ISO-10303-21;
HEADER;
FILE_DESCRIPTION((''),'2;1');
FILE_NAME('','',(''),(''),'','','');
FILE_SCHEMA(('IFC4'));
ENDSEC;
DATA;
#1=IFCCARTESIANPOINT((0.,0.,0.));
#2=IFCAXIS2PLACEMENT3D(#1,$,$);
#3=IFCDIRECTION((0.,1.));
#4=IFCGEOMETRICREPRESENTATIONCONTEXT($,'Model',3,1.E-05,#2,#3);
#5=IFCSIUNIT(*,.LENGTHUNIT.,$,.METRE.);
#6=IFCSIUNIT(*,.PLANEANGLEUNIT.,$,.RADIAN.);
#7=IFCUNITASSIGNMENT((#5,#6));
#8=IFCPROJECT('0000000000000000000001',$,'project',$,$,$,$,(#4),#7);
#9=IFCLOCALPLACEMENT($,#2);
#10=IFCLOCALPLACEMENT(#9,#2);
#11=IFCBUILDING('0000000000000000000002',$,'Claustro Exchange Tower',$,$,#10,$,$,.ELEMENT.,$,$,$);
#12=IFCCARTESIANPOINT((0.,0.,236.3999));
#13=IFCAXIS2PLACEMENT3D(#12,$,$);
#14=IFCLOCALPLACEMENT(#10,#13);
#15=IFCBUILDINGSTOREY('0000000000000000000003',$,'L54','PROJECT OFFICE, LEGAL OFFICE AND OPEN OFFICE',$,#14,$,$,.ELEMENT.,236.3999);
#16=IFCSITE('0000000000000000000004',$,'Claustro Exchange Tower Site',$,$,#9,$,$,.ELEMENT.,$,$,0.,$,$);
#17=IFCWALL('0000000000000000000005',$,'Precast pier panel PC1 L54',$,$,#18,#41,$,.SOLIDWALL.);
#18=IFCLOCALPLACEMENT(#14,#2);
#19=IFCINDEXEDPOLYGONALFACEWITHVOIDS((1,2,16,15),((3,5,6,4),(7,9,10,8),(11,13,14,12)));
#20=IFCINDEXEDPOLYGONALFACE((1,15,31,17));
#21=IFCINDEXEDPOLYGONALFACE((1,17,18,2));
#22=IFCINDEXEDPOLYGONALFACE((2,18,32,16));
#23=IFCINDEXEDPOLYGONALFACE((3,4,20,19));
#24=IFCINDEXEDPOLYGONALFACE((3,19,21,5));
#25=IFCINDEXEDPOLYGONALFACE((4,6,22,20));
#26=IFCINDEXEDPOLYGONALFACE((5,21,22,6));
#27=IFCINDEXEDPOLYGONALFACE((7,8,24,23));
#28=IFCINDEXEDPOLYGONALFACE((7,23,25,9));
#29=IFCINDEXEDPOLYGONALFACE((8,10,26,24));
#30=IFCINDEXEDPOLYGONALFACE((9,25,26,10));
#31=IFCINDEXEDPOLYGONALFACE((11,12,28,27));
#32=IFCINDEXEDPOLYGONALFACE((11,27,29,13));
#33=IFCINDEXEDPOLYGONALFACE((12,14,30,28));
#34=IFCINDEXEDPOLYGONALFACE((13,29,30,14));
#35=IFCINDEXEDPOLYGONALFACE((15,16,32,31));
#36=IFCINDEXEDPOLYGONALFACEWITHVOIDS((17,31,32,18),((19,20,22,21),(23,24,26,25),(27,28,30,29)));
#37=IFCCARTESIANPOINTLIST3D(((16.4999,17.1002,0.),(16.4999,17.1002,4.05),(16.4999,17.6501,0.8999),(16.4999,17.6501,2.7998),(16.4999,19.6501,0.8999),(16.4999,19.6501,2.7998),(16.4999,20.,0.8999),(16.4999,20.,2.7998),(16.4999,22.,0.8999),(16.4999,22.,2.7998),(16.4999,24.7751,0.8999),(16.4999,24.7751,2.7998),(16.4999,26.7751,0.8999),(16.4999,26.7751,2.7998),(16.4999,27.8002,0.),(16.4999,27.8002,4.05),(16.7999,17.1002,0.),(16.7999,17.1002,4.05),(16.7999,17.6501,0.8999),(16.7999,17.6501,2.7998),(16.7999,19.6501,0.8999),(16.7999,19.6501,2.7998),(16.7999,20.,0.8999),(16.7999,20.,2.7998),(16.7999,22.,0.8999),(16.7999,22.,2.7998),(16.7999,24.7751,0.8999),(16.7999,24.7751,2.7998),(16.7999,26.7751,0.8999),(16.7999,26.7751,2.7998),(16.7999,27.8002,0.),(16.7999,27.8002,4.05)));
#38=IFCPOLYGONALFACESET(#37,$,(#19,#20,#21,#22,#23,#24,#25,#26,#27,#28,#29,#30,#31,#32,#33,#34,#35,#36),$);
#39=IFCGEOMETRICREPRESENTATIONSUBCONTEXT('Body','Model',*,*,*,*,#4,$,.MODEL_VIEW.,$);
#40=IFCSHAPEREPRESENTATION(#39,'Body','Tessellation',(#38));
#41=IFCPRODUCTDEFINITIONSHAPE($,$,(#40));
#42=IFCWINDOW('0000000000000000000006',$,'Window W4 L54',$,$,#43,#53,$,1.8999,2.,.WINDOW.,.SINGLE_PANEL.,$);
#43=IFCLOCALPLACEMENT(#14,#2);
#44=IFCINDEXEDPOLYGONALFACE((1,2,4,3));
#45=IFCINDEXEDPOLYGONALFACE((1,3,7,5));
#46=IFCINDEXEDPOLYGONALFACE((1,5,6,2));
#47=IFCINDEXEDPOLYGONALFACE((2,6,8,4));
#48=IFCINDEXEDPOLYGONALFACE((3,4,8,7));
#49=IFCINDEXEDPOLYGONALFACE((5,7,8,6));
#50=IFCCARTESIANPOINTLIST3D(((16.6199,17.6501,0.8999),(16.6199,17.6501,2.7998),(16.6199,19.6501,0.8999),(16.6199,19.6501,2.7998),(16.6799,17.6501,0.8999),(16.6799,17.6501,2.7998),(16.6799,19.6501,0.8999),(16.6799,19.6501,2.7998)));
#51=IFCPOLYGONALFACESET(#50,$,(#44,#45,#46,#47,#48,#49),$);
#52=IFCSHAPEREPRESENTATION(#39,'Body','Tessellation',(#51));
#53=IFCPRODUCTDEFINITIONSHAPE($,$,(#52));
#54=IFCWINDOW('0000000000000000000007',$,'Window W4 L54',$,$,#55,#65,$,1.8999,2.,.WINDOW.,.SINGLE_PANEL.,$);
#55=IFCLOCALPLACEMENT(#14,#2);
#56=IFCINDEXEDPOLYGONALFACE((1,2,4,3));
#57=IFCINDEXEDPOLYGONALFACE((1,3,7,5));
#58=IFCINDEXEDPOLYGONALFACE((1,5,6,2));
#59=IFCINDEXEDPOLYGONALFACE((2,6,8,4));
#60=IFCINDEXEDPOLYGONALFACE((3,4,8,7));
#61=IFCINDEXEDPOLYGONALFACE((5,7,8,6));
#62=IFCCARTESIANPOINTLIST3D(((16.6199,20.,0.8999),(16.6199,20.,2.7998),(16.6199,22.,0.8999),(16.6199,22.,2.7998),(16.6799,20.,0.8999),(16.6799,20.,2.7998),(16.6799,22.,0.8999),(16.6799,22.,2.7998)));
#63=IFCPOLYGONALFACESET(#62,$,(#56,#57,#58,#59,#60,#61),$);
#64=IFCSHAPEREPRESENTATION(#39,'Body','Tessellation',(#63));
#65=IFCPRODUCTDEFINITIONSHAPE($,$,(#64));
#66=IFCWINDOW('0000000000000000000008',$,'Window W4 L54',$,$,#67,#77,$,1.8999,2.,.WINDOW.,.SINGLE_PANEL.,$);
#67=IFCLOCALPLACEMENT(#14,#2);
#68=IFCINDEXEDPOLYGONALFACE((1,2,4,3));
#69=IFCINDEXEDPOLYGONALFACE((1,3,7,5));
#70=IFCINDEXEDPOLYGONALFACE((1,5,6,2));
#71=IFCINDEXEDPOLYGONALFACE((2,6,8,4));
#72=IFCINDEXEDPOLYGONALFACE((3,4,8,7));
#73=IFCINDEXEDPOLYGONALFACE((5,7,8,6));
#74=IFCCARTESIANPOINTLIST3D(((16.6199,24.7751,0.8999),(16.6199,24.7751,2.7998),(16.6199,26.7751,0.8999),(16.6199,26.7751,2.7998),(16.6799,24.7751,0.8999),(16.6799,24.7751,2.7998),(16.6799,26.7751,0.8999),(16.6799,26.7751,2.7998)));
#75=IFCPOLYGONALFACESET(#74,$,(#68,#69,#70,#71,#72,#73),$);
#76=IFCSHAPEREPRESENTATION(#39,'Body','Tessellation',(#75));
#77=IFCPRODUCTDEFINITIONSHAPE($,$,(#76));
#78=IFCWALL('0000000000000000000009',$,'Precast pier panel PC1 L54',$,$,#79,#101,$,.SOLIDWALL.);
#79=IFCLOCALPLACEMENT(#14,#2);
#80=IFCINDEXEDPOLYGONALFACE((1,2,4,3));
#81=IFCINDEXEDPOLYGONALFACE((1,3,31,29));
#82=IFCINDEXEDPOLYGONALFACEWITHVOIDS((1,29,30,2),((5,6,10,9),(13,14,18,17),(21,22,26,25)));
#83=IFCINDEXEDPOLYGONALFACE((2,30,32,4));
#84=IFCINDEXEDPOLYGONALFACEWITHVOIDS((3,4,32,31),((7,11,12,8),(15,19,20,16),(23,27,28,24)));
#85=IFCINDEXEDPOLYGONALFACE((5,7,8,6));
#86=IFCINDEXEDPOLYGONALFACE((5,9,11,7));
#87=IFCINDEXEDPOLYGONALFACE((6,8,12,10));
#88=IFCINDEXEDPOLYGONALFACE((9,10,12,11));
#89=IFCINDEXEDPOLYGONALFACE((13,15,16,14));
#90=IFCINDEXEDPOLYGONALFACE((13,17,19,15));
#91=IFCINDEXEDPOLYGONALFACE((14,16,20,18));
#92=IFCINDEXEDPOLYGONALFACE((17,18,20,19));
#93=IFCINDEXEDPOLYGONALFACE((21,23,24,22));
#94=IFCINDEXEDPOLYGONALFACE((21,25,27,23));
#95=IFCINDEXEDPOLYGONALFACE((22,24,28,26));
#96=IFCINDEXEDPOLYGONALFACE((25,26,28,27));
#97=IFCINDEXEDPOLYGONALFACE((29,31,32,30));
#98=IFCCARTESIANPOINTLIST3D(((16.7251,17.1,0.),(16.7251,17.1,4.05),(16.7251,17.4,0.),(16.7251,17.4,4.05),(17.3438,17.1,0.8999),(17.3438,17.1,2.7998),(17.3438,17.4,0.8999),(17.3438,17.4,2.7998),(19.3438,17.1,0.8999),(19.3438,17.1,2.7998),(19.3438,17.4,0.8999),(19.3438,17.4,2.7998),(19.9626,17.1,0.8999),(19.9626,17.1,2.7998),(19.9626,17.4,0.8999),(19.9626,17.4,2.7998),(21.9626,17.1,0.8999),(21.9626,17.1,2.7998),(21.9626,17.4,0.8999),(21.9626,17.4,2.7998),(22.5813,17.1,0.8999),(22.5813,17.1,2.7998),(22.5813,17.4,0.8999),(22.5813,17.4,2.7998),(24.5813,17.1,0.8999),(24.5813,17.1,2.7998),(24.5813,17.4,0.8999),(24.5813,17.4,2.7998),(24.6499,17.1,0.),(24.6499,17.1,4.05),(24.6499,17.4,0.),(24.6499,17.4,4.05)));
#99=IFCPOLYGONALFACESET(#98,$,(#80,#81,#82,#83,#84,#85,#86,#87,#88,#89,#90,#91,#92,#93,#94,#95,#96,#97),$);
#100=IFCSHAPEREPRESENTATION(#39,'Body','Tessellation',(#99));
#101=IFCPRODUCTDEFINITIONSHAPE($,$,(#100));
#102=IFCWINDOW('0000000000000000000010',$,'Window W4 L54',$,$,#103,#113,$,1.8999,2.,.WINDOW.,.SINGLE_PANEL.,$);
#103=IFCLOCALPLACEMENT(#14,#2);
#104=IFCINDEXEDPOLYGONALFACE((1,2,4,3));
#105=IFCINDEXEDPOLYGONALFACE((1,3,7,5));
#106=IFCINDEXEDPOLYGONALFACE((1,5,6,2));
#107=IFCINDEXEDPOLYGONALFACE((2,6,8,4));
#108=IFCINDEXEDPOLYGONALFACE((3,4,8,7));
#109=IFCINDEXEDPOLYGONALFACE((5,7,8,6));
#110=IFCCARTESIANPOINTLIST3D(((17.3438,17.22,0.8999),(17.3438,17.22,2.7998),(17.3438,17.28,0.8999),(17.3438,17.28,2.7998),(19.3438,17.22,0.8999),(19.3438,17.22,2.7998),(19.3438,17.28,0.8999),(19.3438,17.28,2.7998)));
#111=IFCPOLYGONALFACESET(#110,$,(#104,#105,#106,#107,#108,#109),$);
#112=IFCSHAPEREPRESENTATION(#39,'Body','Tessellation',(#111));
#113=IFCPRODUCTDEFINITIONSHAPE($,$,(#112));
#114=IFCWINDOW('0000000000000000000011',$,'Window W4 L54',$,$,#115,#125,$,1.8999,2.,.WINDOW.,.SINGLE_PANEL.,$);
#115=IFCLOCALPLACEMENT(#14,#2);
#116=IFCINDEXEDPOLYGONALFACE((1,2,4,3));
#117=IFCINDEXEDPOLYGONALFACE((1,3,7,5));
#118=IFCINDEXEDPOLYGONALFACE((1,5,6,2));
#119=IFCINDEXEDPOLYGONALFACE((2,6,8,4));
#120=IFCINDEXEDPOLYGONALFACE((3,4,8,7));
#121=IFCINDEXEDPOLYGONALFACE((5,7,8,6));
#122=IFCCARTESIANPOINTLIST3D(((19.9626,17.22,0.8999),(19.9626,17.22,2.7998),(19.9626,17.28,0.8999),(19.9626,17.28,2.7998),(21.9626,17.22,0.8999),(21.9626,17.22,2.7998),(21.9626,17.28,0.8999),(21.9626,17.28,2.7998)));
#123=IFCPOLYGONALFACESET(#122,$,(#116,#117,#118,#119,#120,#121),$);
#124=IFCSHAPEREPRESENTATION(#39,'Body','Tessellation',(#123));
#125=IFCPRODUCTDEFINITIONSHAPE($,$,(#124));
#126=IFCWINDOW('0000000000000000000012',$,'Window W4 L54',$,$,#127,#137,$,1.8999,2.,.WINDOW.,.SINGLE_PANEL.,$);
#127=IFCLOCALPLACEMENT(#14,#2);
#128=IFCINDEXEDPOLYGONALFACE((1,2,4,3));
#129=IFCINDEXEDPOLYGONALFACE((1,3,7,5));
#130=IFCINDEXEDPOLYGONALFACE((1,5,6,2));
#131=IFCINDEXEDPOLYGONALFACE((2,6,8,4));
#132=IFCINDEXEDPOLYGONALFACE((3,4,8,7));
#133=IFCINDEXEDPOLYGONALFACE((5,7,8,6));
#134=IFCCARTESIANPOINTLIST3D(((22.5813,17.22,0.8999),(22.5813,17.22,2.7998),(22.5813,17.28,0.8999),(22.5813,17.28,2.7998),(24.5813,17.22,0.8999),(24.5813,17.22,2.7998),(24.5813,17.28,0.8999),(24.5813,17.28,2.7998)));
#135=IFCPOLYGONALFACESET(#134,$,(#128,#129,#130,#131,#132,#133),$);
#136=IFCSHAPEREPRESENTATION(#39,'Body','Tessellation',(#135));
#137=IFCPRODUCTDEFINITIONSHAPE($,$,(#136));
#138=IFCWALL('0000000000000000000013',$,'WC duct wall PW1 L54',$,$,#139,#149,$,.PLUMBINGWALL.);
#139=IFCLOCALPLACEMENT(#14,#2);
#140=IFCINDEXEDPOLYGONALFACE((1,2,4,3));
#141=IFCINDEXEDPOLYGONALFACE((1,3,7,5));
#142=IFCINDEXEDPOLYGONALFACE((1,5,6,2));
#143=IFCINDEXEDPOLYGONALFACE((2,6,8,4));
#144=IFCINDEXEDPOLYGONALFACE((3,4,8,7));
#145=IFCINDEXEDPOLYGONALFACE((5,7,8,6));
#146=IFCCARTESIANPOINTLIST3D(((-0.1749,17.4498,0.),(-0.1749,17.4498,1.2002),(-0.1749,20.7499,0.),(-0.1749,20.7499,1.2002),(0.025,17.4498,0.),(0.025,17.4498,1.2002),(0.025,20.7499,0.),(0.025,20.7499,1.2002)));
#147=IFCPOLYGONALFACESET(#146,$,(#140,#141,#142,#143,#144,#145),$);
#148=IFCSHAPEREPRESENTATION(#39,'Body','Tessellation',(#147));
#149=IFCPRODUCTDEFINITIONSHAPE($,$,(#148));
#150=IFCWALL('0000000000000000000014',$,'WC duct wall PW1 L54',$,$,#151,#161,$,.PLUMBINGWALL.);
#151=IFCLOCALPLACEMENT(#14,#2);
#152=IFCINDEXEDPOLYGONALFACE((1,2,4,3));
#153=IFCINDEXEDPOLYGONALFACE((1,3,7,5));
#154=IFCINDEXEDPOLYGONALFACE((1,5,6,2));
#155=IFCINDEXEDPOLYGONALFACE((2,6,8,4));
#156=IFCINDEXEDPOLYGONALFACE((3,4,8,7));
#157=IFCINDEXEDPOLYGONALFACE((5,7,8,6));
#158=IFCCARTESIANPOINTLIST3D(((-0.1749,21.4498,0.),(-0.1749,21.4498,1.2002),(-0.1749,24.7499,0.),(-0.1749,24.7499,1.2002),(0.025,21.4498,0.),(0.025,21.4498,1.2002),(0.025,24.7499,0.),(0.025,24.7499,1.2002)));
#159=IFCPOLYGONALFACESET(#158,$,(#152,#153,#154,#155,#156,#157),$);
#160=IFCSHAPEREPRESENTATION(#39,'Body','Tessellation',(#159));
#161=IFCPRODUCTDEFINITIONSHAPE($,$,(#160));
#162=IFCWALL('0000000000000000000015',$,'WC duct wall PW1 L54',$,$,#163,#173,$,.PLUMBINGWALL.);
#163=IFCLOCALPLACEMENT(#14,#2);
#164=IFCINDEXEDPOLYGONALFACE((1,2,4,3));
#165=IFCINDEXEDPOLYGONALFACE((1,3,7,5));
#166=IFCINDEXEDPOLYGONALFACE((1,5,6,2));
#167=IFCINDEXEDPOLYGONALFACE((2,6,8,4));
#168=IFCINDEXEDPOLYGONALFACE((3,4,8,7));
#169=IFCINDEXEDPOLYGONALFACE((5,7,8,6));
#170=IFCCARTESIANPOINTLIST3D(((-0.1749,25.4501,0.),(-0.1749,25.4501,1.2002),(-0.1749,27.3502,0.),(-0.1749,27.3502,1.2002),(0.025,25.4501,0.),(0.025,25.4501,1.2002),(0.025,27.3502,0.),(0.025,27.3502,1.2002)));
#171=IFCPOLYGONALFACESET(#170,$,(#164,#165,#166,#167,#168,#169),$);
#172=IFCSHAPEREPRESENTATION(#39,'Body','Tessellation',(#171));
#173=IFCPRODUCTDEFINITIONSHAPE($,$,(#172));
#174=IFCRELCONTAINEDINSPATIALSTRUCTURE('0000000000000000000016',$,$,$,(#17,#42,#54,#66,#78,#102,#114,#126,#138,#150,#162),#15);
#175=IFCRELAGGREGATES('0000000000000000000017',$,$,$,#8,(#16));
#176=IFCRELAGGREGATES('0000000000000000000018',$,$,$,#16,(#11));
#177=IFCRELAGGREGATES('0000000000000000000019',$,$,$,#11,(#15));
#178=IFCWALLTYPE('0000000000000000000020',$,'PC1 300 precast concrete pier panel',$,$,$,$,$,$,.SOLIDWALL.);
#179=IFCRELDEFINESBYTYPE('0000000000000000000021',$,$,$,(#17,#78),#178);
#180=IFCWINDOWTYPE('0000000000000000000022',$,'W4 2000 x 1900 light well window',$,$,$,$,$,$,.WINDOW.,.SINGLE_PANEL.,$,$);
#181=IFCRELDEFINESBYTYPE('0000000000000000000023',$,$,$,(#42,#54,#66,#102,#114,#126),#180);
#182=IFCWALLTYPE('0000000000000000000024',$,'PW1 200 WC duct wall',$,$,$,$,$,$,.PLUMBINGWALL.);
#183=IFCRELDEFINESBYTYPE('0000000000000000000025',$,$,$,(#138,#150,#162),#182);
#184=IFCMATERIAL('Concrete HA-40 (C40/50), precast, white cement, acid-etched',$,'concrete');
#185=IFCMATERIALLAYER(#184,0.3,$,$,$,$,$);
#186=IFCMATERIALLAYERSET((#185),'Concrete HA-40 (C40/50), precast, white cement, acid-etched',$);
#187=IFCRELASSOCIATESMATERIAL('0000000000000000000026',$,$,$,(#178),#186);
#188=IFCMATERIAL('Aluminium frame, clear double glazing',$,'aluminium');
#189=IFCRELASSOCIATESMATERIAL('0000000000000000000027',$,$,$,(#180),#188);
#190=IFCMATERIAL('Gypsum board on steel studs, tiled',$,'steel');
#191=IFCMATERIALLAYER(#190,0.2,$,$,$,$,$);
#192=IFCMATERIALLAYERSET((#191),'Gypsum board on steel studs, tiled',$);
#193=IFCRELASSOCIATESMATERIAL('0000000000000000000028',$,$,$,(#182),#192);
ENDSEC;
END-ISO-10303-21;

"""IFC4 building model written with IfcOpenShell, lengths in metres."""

from ifc_helpers import new_model, si_unit, direction, frame, frame_2d, origin, place, context, subcontext, project, spatial, rectangle, extrude, material, layer, layer_set, type_object, element, fill, save


model = new_model("IFC4")

# Units and contexts
model_context = context("Model", 3, precision=1e-05, world=origin(), true_north=direction((0.0, 1.0)))
body_context = subcontext(model_context, "Body", "Model", "MODEL_VIEW")
ifc_project = project(units=[si_unit("LENGTHUNIT", "METRE"), si_unit("PLANEANGLEUNIT", "RADIAN")], contexts=[model_context])

# Site, building, storey
site_placement = place(None, origin())
site = spatial("IfcSite", under=ifc_project, at=site_placement, Name="Claustro Exchange Tower Site", CompositionType="ELEMENT", RefElevation=0.0)
building_placement = place(site_placement, origin())
building = spatial("IfcBuilding", under=site, at=building_placement, Name="Claustro Exchange Tower", CompositionType="ELEMENT")
storey_placement = place(building_placement, frame((0.0, 0.0, 236.3999)))
storey = spatial("IfcBuildingStorey", under=building, at=storey_placement, Name="L54", Description="PROJECT OFFICE, LEGAL OFFICE AND OPEN OFFICE", CompositionType="ELEMENT", Elevation=236.3999)

# Walls, openings, windows
ifc_material_1 = material(Name="Concrete HA-40 (C40/50), precast, white cement, acid-etched", Category="concrete")
ifc_layer_1 = layer(ifc_material_1, 0.3)
ifc_layer_set_1 = layer_set([ifc_layer_1], Name="Concrete HA-40 (C40/50), precast, white cement, acid-etched")
wall_type_1 = type_object("IfcWallType", Name="PC1 300 precast concrete pier panel", PredefinedType="SOLIDWALL", material=ifc_layer_set_1)
wall_1_placement = place(storey_placement, frame((16.6499, 17.1001, 0.0), z_axis=(0.0, 0.0, 1.0), x_axis=(0.0, 1.0, 0.0)))
wall_1 = element("IfcWall", 1, at=wall_1_placement, inside=storey, type_object=wall_type_1, Name="Precast pier panel PC1 L54", PredefinedType="SOLIDWALL", context=body_context, shape_type="SweptSolid", body=[
    extrude(rectangle(XDim=10.7, YDim=0.3, at=frame_2d((5.3501, 0.0))), origin(), (0.0, 0.0, 1.0), 4.05),
])
opening_1_placement = place(wall_1_placement, frame((0.55, 0.0, 0.8999)))
opening_1 = element("IfcOpeningElement", 2, at=opening_1_placement, cuts=wall_1, PredefinedType="OPENING", context=body_context, shape_type="SweptSolid", body=[
    extrude(rectangle(XDim=2.0, YDim=1.8999, at=frame_2d((1.0, 0.95))), frame((0.0, 0.1599, 0.0), z_axis=(0.0, -1.0, 0.0), x_axis=(1.0, 0.0, 0.0)), (0.0, 0.0, 1.0), 0.3201),
])
opening_2_placement = place(wall_1_placement, frame((2.8999, 0.0, 0.8999)))
opening_2 = element("IfcOpeningElement", 3, at=opening_2_placement, cuts=wall_1, PredefinedType="OPENING", context=body_context, shape_type="SweptSolid", body=[
    extrude(rectangle(XDim=2.0, YDim=1.8999, at=frame_2d((1.0, 0.95))), frame((0.0, 0.1599, 0.0), z_axis=(0.0, -1.0, 0.0), x_axis=(1.0, 0.0, 0.0)), (0.0, 0.0, 1.0), 0.3201),
])
opening_3_placement = place(wall_1_placement, frame((7.675, 0.0, 0.8999)))
opening_3 = element("IfcOpeningElement", 4, at=opening_3_placement, cuts=wall_1, PredefinedType="OPENING", context=body_context, shape_type="SweptSolid", body=[
    extrude(rectangle(XDim=2.0, YDim=1.8999, at=frame_2d((1.0, 0.95))), frame((0.0, 0.1599, 0.0), z_axis=(0.0, -1.0, 0.0), x_axis=(1.0, 0.0, 0.0)), (0.0, 0.0, 1.0), 0.3201),
])
ifc_material_2 = material(Name="Aluminium frame, clear double glazing", Category="aluminium")
window_type = type_object("IfcWindowType", Name="W4 2000 x 1900 light well window", PartitioningType="SINGLE_PANEL", PredefinedType="WINDOW", material=ifc_material_2)
window_1_placement = place(opening_1_placement, origin())
window_1 = element("IfcWindow", 5, at=window_1_placement, inside=storey, type_object=window_type, Name="Window W4 L54", OverallHeight=1.8999, OverallWidth=2.0, PartitioningType="SINGLE_PANEL", PredefinedType="WINDOW", context=body_context, shape_type="SweptSolid", body=[
    extrude(rectangle(XDim=2.0, YDim=1.8999, at=frame_2d((1.0, 0.95))), frame((0.0, 0.03, 0.0), z_axis=(0.0, -1.0, 0.0), x_axis=(1.0, 0.0, 0.0)), (0.0, 0.0, 1.0), 0.0601),
])
fill(opening_1, window_1)
window_2_placement = place(opening_2_placement, origin())
window_2 = element("IfcWindow", 6, at=window_2_placement, inside=storey, type_object=window_type, Name="Window W4 L54", OverallHeight=1.8999, OverallWidth=2.0, PartitioningType="SINGLE_PANEL", PredefinedType="WINDOW", context=body_context, shape_type="SweptSolid", body=[
    extrude(rectangle(XDim=2.0, YDim=1.8999, at=frame_2d((1.0, 0.95))), frame((0.0, 0.03, 0.0), z_axis=(0.0, -1.0, 0.0), x_axis=(1.0, 0.0, 0.0)), (0.0, 0.0, 1.0), 0.0601),
])
fill(opening_2, window_2)
window_3_placement = place(opening_3_placement, origin())
window_3 = element("IfcWindow", 7, at=window_3_placement, inside=storey, type_object=window_type, Name="Window W4 L54", OverallHeight=1.8999, OverallWidth=2.0, PartitioningType="SINGLE_PANEL", PredefinedType="WINDOW", context=body_context, shape_type="SweptSolid", body=[
    extrude(rectangle(XDim=2.0, YDim=1.8999, at=frame_2d((1.0, 0.95))), frame((0.0, 0.03, 0.0), z_axis=(0.0, -1.0, 0.0), x_axis=(1.0, 0.0, 0.0)), (0.0, 0.0, 1.0), 0.0601),
])
fill(opening_3, window_3)
wall_2_placement = place(storey_placement, frame((16.7251, 17.25, 0.0), z_axis=(0.0, 0.0, 1.0), x_axis=(1.0, 0.0, 0.0)))
wall_2 = element("IfcWall", 8, at=wall_2_placement, inside=storey, type_object=wall_type_1, Name="Precast pier panel PC1 L54", PredefinedType="SOLIDWALL", context=body_context, shape_type="SweptSolid", body=[
    extrude(rectangle(XDim=7.9248, YDim=0.3, at=frame_2d((3.9624, 0.0))), origin(), (0.0, 0.0, 1.0), 4.05),
])
opening_4_placement = place(wall_2_placement, frame((0.6187, 0.0, 0.8999)))
opening_4 = element("IfcOpeningElement", 9, at=opening_4_placement, cuts=wall_2, PredefinedType="OPENING", context=body_context, shape_type="SweptSolid", body=[
    extrude(rectangle(XDim=2.0, YDim=1.8999, at=frame_2d((1.0, 0.95))), frame((0.0, 0.1599, 0.0), z_axis=(0.0, -1.0, 0.0), x_axis=(1.0, 0.0, 0.0)), (0.0, 0.0, 1.0), 0.3201),
])
opening_5_placement = place(wall_2_placement, frame((3.2375, 0.0, 0.8999)))
opening_5 = element("IfcOpeningElement", 10, at=opening_5_placement, cuts=wall_2, PredefinedType="OPENING", context=body_context, shape_type="SweptSolid", body=[
    extrude(rectangle(XDim=2.0, YDim=1.8999, at=frame_2d((1.0, 0.95))), frame((0.0, 0.1599, 0.0), z_axis=(0.0, -1.0, 0.0), x_axis=(1.0, 0.0, 0.0)), (0.0, 0.0, 1.0), 0.3201),
])
opening_6_placement = place(wall_2_placement, frame((5.8562, 0.0, 0.8999)))
opening_6 = element("IfcOpeningElement", 11, at=opening_6_placement, cuts=wall_2, PredefinedType="OPENING", context=body_context, shape_type="SweptSolid", body=[
    extrude(rectangle(XDim=2.0, YDim=1.8999, at=frame_2d((1.0, 0.95))), frame((0.0, 0.1599, 0.0), z_axis=(0.0, -1.0, 0.0), x_axis=(1.0, 0.0, 0.0)), (0.0, 0.0, 1.0), 0.3201),
])
window_4_placement = place(opening_4_placement, origin())
window_4 = element("IfcWindow", 12, at=window_4_placement, inside=storey, type_object=window_type, Name="Window W4 L54", OverallHeight=1.8999, OverallWidth=2.0, PartitioningType="SINGLE_PANEL", PredefinedType="WINDOW", context=body_context, shape_type="SweptSolid", body=[
    extrude(rectangle(XDim=2.0, YDim=1.8999, at=frame_2d((1.0, 0.95))), frame((0.0, 0.03, 0.0), z_axis=(0.0, -1.0, 0.0), x_axis=(1.0, 0.0, 0.0)), (0.0, 0.0, 1.0), 0.0601),
])
fill(opening_4, window_4)
window_5_placement = place(opening_5_placement, origin())
window_5 = element("IfcWindow", 13, at=window_5_placement, inside=storey, type_object=window_type, Name="Window W4 L54", OverallHeight=1.8999, OverallWidth=2.0, PartitioningType="SINGLE_PANEL", PredefinedType="WINDOW", context=body_context, shape_type="SweptSolid", body=[
    extrude(rectangle(XDim=2.0, YDim=1.8999, at=frame_2d((1.0, 0.95))), frame((0.0, 0.03, 0.0), z_axis=(0.0, -1.0, 0.0), x_axis=(1.0, 0.0, 0.0)), (0.0, 0.0, 1.0), 0.0601),
])
fill(opening_5, window_5)
window_6_placement = place(opening_6_placement, origin())
window_6 = element("IfcWindow", 14, at=window_6_placement, inside=storey, type_object=window_type, Name="Window W4 L54", OverallHeight=1.8999, OverallWidth=2.0, PartitioningType="SINGLE_PANEL", PredefinedType="WINDOW", context=body_context, shape_type="SweptSolid", body=[
    extrude(rectangle(XDim=2.0, YDim=1.8999, at=frame_2d((1.0, 0.95))), frame((0.0, 0.03, 0.0), z_axis=(0.0, -1.0, 0.0), x_axis=(1.0, 0.0, 0.0)), (0.0, 0.0, 1.0), 0.0601),
])
fill(opening_6, window_6)

# Walls
ifc_material_3 = material(Name="Gypsum board on steel studs, tiled", Category="steel")
ifc_layer_2 = layer(ifc_material_3, 0.2)
ifc_layer_set_2 = layer_set([ifc_layer_2], Name="Gypsum board on steel studs, tiled")
wall_type_2 = type_object("IfcWallType", Name="PW1 200 WC duct wall", PredefinedType="PLUMBINGWALL", material=ifc_layer_set_2)
for number, where, z_axis, x_axis, name in (
    (15, (-0.075, 17.45, 0.0), (0.0, 0.0, 1.0), (0.0, 1.0, 0.0), "WC duct wall PW1 L54"),
    (16, (-0.075, 21.45, 0.0), (0.0, 0.0, 1.0), (0.0, 1.0, 0.0), "WC duct wall PW1 L54"),
):
    element("IfcWall", number, at=place(storey_placement, frame(where, z_axis=z_axis, x_axis=x_axis)), inside=storey, type_object=wall_type_2, Name=name, PredefinedType="PLUMBINGWALL", context=body_context, shape_type="SweptSolid", body=[
        extrude(rectangle(XDim=3.3, YDim=0.2, at=frame_2d((1.6499, 0.0))), origin(), (0.0, 0.0, 1.0), 1.2002),
    ])
wall_3_placement = place(storey_placement, frame((-0.075, 25.45, 0.0), z_axis=(0.0, 0.0, 1.0), x_axis=(0.0, 1.0, 0.0)))
element("IfcWall", 17, at=wall_3_placement, inside=storey, type_object=wall_type_2, Name="WC duct wall PW1 L54", PredefinedType="PLUMBINGWALL", context=body_context, shape_type="SweptSolid", body=[
    extrude(rectangle(XDim=1.9001, YDim=0.2, at=frame_2d((0.9502, 0.0))), origin(), (0.0, 0.0, 1.0), 1.2002),
])

save(model, "model.ifc")
